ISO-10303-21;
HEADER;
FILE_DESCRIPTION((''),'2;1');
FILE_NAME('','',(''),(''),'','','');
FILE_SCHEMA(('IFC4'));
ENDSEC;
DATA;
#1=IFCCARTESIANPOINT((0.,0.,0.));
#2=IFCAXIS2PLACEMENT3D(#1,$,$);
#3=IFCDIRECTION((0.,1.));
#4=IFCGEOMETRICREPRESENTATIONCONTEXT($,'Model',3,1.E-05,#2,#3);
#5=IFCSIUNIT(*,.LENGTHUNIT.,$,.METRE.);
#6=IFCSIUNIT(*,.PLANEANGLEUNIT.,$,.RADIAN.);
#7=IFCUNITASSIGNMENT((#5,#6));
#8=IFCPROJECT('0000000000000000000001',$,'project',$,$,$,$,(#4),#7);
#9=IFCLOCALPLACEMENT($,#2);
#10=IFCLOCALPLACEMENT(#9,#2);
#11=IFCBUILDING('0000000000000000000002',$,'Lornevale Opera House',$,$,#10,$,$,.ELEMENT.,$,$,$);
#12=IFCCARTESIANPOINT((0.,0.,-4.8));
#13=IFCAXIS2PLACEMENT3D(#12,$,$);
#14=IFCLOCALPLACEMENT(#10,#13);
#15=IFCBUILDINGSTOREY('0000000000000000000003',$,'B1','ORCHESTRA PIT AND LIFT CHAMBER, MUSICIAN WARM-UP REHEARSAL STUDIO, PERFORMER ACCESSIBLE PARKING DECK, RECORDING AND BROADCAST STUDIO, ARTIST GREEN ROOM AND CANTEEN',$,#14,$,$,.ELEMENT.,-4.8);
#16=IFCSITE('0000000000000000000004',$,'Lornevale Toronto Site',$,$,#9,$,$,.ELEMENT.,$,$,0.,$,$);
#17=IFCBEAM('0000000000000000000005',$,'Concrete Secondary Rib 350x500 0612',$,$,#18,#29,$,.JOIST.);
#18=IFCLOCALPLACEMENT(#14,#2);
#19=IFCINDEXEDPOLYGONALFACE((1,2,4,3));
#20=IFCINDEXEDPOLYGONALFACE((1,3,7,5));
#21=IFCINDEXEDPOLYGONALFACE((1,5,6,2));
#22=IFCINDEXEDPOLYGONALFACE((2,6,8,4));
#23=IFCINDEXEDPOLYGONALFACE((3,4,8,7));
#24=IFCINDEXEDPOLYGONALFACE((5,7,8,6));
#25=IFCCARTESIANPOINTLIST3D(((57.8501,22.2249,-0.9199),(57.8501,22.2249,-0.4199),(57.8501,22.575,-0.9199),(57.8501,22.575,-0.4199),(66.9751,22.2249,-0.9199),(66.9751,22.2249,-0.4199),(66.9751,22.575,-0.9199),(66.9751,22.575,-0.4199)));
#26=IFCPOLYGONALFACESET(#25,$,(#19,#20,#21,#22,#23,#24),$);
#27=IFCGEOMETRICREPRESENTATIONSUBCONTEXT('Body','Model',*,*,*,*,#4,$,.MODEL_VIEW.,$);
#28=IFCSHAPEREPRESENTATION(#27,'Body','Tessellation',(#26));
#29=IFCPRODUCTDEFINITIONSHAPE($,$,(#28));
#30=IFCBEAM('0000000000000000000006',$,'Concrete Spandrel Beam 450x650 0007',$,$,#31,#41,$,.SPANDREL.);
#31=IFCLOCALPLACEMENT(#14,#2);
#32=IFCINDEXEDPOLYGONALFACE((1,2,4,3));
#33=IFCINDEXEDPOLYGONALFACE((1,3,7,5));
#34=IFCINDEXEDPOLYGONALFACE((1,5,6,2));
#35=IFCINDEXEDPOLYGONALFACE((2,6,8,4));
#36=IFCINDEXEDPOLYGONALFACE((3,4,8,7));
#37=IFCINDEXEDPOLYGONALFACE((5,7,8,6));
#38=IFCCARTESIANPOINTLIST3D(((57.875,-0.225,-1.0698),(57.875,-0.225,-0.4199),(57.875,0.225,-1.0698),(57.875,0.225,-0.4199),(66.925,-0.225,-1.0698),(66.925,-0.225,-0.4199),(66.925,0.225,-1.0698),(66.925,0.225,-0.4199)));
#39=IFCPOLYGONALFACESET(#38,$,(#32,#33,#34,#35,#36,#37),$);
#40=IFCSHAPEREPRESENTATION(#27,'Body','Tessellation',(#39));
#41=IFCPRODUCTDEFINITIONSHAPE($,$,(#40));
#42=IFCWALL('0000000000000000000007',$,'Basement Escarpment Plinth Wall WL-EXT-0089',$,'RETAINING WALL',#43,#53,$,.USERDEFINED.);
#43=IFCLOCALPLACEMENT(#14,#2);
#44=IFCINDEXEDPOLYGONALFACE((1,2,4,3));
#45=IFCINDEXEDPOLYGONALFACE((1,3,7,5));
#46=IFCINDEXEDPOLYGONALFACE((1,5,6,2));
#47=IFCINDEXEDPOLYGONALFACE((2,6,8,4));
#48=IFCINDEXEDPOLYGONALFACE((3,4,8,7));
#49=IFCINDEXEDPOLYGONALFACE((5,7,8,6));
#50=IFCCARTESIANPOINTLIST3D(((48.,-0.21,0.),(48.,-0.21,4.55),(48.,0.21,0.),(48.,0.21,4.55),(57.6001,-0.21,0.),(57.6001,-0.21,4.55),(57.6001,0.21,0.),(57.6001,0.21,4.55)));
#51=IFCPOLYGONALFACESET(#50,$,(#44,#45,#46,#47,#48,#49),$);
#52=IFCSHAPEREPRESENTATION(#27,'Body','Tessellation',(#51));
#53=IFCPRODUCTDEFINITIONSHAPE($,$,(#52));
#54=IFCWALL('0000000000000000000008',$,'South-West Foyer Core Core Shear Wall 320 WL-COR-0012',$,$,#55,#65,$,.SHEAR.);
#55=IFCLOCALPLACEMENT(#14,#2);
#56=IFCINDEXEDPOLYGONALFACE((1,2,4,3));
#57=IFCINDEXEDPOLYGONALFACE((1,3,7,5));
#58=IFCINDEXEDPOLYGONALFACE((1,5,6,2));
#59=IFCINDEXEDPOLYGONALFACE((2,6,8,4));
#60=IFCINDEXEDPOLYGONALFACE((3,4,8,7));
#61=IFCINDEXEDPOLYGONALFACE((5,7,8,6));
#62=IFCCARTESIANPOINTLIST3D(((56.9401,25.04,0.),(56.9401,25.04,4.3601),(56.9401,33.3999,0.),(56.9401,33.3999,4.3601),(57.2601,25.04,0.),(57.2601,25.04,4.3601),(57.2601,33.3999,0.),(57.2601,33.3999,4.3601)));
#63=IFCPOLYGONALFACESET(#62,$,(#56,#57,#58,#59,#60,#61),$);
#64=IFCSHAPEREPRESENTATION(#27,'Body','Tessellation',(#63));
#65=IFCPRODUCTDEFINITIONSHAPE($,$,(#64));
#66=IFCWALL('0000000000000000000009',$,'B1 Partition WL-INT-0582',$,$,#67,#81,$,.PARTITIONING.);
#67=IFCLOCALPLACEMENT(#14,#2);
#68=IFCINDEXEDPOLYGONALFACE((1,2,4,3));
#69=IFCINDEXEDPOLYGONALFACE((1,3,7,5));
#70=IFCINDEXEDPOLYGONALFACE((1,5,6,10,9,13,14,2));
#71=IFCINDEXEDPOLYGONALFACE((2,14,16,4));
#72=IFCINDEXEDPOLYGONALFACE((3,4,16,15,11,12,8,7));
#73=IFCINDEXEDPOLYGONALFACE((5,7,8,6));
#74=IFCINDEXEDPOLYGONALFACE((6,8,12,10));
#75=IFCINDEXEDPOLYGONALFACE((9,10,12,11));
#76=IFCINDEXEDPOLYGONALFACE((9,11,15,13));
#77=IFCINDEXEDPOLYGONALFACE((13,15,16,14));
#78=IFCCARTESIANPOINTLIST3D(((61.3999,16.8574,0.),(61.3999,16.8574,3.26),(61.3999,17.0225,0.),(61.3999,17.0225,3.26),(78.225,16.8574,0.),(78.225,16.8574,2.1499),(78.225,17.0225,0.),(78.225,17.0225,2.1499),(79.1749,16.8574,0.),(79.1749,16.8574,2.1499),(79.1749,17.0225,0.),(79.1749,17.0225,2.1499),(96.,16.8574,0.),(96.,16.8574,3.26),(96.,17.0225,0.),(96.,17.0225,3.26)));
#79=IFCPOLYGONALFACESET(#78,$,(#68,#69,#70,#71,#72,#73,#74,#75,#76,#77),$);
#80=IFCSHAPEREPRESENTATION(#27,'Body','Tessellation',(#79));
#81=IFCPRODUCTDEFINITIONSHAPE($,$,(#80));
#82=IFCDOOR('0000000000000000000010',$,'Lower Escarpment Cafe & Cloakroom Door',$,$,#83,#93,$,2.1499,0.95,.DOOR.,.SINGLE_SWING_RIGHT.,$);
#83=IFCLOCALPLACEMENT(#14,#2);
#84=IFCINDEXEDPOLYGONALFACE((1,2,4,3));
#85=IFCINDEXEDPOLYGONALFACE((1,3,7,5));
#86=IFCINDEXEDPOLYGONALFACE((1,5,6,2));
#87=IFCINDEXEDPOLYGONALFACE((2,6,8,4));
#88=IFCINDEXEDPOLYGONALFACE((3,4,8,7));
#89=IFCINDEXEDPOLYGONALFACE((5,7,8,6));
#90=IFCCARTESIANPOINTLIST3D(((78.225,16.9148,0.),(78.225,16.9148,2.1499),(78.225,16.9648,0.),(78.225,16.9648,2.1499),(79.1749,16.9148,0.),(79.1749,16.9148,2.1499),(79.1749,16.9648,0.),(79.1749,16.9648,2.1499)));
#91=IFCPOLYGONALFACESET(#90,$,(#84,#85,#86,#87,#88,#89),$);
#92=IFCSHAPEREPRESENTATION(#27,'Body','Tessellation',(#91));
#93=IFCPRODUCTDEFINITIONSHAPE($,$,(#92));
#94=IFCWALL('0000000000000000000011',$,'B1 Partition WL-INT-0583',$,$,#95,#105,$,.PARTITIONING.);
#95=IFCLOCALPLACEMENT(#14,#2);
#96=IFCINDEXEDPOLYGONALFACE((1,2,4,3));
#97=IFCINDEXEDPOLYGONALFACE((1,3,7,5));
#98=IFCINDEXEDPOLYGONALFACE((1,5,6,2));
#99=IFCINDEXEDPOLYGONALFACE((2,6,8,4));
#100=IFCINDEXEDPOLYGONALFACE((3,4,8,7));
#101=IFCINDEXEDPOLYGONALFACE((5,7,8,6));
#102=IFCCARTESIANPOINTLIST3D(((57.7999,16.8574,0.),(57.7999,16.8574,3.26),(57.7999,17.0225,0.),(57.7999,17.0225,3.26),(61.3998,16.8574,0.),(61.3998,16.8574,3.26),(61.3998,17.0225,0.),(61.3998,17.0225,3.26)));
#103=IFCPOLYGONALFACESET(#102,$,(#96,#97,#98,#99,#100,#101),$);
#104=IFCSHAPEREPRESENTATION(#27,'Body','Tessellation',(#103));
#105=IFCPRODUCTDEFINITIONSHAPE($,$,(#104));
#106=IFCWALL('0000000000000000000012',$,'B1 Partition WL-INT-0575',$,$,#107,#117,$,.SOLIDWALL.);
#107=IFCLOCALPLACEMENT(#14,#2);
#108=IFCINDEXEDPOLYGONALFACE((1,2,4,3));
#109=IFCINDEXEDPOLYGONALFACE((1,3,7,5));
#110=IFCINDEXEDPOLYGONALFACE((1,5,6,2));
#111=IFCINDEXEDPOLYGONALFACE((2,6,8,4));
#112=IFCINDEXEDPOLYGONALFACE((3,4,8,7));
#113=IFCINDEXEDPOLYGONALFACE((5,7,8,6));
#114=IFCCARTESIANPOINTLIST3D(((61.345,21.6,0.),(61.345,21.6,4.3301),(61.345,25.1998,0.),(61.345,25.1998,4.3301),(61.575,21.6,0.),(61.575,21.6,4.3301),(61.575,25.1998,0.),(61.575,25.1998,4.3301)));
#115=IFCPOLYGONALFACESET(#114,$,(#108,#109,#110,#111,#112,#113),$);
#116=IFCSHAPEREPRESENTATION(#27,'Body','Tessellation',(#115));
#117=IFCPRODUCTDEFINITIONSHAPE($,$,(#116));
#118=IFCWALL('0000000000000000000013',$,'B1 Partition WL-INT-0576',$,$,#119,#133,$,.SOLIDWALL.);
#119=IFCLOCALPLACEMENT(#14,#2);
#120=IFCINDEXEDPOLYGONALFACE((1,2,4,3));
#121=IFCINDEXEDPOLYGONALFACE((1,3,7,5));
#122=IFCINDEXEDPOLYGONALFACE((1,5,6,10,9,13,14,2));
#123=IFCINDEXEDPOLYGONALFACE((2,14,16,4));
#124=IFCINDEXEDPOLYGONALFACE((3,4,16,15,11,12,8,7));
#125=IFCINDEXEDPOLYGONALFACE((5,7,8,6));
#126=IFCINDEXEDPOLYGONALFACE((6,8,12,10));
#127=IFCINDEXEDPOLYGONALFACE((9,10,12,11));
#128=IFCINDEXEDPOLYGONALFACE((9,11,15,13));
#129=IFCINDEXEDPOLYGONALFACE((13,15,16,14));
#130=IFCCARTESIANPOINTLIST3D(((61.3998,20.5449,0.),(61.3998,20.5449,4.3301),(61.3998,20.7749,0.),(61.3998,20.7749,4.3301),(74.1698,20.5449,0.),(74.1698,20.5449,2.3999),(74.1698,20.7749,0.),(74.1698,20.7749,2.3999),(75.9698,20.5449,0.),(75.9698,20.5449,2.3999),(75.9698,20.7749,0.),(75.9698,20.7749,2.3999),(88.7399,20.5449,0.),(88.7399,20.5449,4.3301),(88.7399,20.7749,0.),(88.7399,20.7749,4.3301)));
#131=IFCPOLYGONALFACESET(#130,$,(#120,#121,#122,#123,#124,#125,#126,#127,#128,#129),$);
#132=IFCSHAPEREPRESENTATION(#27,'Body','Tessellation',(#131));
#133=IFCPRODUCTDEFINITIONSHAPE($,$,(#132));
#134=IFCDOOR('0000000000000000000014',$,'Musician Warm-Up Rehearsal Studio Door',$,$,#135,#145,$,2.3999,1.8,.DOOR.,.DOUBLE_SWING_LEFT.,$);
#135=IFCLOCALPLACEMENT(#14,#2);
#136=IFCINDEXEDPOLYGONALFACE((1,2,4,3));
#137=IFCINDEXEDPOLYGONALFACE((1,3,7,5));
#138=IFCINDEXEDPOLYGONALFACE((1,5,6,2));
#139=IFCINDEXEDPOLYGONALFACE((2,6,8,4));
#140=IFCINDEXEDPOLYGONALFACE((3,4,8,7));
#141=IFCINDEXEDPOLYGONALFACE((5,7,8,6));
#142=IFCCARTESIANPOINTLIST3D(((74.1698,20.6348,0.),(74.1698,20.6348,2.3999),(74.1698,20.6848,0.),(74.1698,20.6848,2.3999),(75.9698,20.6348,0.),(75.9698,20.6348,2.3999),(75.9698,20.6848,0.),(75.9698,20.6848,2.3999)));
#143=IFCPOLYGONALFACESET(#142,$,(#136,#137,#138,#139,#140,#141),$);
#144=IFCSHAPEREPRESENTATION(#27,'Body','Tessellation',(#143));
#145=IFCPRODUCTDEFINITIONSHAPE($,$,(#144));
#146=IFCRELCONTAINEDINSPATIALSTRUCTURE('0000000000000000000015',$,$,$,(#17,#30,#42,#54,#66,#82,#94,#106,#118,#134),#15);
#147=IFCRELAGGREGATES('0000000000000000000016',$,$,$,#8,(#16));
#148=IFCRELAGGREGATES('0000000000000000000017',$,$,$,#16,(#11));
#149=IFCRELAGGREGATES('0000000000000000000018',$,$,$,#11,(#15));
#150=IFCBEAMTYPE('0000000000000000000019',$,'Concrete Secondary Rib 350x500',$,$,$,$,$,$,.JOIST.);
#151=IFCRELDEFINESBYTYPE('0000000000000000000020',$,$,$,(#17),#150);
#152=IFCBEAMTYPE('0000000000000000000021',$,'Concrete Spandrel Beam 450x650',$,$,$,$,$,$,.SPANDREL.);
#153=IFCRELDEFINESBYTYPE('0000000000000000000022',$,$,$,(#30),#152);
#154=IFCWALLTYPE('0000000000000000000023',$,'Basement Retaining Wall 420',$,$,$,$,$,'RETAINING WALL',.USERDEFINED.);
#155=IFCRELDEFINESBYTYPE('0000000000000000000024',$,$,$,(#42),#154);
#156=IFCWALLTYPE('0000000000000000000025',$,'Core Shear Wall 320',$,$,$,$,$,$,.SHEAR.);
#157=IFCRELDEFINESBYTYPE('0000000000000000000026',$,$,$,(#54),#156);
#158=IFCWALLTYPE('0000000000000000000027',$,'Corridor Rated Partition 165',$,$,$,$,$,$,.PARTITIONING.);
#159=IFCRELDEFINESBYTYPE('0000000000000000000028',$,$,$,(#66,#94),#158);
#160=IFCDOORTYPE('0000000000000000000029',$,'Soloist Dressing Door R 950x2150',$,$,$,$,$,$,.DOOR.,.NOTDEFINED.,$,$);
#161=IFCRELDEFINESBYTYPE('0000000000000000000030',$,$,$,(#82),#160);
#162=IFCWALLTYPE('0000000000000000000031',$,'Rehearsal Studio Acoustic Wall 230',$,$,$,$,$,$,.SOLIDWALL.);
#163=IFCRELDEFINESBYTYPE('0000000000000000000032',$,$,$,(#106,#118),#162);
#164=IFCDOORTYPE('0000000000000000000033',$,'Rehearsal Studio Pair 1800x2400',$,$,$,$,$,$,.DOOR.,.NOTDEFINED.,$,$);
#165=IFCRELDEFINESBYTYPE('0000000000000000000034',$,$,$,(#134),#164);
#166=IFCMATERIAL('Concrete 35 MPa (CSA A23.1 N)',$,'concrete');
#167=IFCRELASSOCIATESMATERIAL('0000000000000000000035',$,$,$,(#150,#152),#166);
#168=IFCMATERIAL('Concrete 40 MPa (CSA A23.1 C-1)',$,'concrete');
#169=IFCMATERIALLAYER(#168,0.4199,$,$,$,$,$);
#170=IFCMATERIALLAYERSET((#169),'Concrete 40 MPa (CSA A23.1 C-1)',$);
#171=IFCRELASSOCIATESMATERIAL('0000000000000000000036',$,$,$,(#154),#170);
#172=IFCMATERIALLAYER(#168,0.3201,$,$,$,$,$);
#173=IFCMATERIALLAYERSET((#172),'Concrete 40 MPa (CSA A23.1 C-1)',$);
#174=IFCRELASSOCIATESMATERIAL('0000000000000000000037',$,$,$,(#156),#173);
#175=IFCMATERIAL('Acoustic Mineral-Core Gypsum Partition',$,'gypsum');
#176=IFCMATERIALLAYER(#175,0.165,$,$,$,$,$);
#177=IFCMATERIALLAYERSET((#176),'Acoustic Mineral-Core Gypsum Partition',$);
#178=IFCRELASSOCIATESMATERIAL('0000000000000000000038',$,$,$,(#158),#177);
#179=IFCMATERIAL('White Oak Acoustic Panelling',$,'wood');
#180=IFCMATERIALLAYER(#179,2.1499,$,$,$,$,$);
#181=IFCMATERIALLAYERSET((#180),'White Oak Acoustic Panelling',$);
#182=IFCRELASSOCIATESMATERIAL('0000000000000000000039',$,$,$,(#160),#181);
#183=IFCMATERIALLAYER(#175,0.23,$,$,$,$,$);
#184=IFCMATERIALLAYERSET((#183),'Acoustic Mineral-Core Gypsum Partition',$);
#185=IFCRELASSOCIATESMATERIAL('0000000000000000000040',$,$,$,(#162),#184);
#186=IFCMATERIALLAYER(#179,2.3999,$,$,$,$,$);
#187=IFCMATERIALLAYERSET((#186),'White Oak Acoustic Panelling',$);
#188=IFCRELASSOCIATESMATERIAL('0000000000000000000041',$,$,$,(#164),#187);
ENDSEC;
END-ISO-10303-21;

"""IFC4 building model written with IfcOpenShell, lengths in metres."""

from ifc_helpers import new_model, si_unit, direction, frame, frame_2d, origin, origin_2d, place, context, subcontext, project, spatial, rectangle, extrude, material, layer, layer_set, material_profile, profile_set, type_object, element, fill, save


model = new_model("IFC4")

# Units and contexts
model_context = context("Model", 3, precision=1e-05, world=origin(), true_north=direction((0.0, 1.0)))
body_context = subcontext(model_context, "Body", "Model", "MODEL_VIEW")
ifc_project = project(units=[si_unit("LENGTHUNIT", "METRE"), si_unit("PLANEANGLEUNIT", "RADIAN")], contexts=[model_context])

# Site, building, storey
site_placement = place(None, origin())
site = spatial("IfcSite", under=ifc_project, at=site_placement, Name="Lornevale Toronto Site", CompositionType="ELEMENT", RefElevation=0.0)
building_placement = place(site_placement, origin())
building = spatial("IfcBuilding", under=site, at=building_placement, Name="Lornevale Opera House", CompositionType="ELEMENT")
storey_placement = place(building_placement, frame((0.0, 0.0, -4.8)))
storey = spatial("IfcBuildingStorey", under=building, at=storey_placement, Name="B1", Description="ORCHESTRA PIT AND LIFT CHAMBER, MUSICIAN WARM-UP REHEARSAL STUDIO, PERFORMER ACCESSIBLE PARKING DECK, RECORDING AND BROADCAST STUDIO, ARTIST GREEN ROOM AND CANTEEN", CompositionType="ELEMENT", Elevation=-4.8)

# Shared definitions
ifc_material_1 = material(Name="Concrete 35 MPa (CSA A23.1 N)", Category="concrete")
ifc_material_2 = material(Name="Concrete 40 MPa (CSA A23.1 C-1)", Category="concrete")

# Beams
ifc_material_profile_1 = material_profile(ifc_material_1, rectangle(XDim=0.3501, YDim=0.5, at=origin_2d()), Name="RC350x500")
ifc_profile_set_1 = profile_set([ifc_material_profile_1], Name="Concrete 35 MPa (CSA A23.1 N)")
beam_type_1 = type_object("IfcBeamType", Name="Concrete Secondary Rib 350x500", PredefinedType="JOIST", material=ifc_profile_set_1)
for number, where, z_axis, x_axis, name in (
    (1, (57.8501, 22.3999, -0.6699), (1.0, 0.0, 0.0), (0.0, 1.0, 0.0), "Concrete Secondary Rib 350x500 0612"),
):
    element("IfcBeam", number, at=place(storey_placement, frame(where, z_axis=z_axis, x_axis=x_axis)), inside=storey, type_object=beam_type_1, Name=name, PredefinedType="JOIST", context=body_context, shape_type="SweptSolid", body=[
        extrude(rectangle(XDim=0.3501, YDim=0.5, at=origin_2d()), origin(), (0.0, 0.0, 1.0), 9.125),
    ])
ifc_material_profile_2 = material_profile(ifc_material_1, rectangle(XDim=0.45, YDim=0.6499, at=origin_2d()), Name="RC450x650")
ifc_profile_set_2 = profile_set([ifc_material_profile_2], Name="Concrete 35 MPa (CSA A23.1 N)")
beam_type_2 = type_object("IfcBeamType", Name="Concrete Spandrel Beam 450x650", PredefinedType="SPANDREL", material=ifc_profile_set_2)
beam_1_placement = place(storey_placement, frame((57.875, 0.0, -0.7449), z_axis=(1.0, 0.0, 0.0), x_axis=(0.0, 1.0, 0.0)))
element("IfcBeam", 2, at=beam_1_placement, inside=storey, type_object=beam_type_2, Name="Concrete Spandrel Beam 450x650 0007", PredefinedType="SPANDREL", context=body_context, shape_type="SweptSolid", body=[
    extrude(rectangle(XDim=0.45, YDim=0.6499, at=origin_2d()), origin(), (0.0, 0.0, 1.0), 9.05),
])

# Walls
ifc_layer_1 = layer(ifc_material_2, 0.4199)
ifc_layer_set_1 = layer_set([ifc_layer_1], Name="Concrete 40 MPa (CSA A23.1 C-1)")
wall_type_1 = type_object("IfcWallType", Name="Basement Retaining Wall 420", ElementType="RETAINING WALL", PredefinedType="USERDEFINED", material=ifc_layer_set_1)
wall_1_placement = place(storey_placement, frame((57.6001, 0.0, 0.0), z_axis=(0.0, 0.0, 1.0), x_axis=(-1.0, 0.0, 0.0)))
element("IfcWall", 3, at=wall_1_placement, inside=storey, type_object=wall_type_1, Name="Basement Escarpment Plinth Wall WL-EXT-0089", ObjectType="RETAINING WALL", PredefinedType="USERDEFINED", context=body_context, shape_type="SweptSolid", body=[
    extrude(rectangle(XDim=9.6001, YDim=0.4199, at=frame_2d((4.8, 0.0))), origin(), (0.0, 0.0, 1.0), 4.55),
])
ifc_layer_2 = layer(ifc_material_2, 0.3201)
ifc_layer_set_2 = layer_set([ifc_layer_2], Name="Concrete 40 MPa (CSA A23.1 C-1)")
wall_type_2 = type_object("IfcWallType", Name="Core Shear Wall 320", PredefinedType="SHEAR", material=ifc_layer_set_2)
wall_2_placement = place(storey_placement, frame((57.1001, 25.04, 0.0), z_axis=(0.0, 0.0, 1.0), x_axis=(0.0, 1.0, 0.0)))
element("IfcWall", 4, at=wall_2_placement, inside=storey, type_object=wall_type_2, Name="South-West Foyer Core Core Shear Wall 320 WL-COR-0012", PredefinedType="SHEAR", context=body_context, shape_type="SweptSolid", body=[
    extrude(rectangle(XDim=8.3599, YDim=0.3201, at=frame_2d((4.1799, 0.0))), origin(), (0.0, 0.0, 1.0), 4.3601),
])

# Wall, opening, door
ifc_material_3 = material(Name="Acoustic Mineral-Core Gypsum Partition", Category="gypsum")
ifc_layer_3 = layer(ifc_material_3, 0.165)
ifc_layer_set_3 = layer_set([ifc_layer_3], Name="Acoustic Mineral-Core Gypsum Partition")
wall_type_3 = type_object("IfcWallType", Name="Corridor Rated Partition 165", PredefinedType="PARTITIONING", material=ifc_layer_set_3)
wall_3_placement = place(storey_placement, frame((61.3999, 16.9399, 0.0), z_axis=(0.0, 0.0, 1.0), x_axis=(1.0, 0.0, 0.0)))
wall_3 = element("IfcWall", 5, at=wall_3_placement, inside=storey, type_object=wall_type_3, Name="B1 Partition WL-INT-0582", PredefinedType="PARTITIONING", context=body_context, shape_type="SweptSolid", body=[
    extrude(rectangle(XDim=34.6001, YDim=0.165, at=frame_2d((17.3, 0.0))), origin(), (0.0, 0.0, 1.0), 3.26),
])
opening_1_placement = place(wall_3_placement, frame((16.825, 0.0, 0.0)))
opening_1 = element("IfcOpeningElement", 6, at=opening_1_placement, cuts=wall_3, PredefinedType="OPENING", context=body_context, shape_type="SweptSolid", body=[
    extrude(rectangle(XDim=0.95, YDim=2.1499, at=frame_2d((0.4751, 1.075))), frame((0.0, 0.0925, 0.0), z_axis=(0.0, -1.0, 0.0), x_axis=(1.0, 0.0, 0.0)), (0.0, 0.0, 1.0), 0.1851),
])
ifc_material_4 = material(Name="White Oak Acoustic Panelling", Category="wood")
ifc_layer_4 = layer(ifc_material_4, 2.1499)
ifc_layer_set_4 = layer_set([ifc_layer_4], Name="White Oak Acoustic Panelling")
door_type_1 = type_object("IfcDoorType", Name="Soloist Dressing Door R 950x2150", OperationType="NOTDEFINED", PredefinedType="DOOR", material=ifc_layer_set_4)
door_1_placement = place(opening_1_placement, origin())
door_1 = element("IfcDoor", 7, at=door_1_placement, inside=storey, type_object=door_type_1, Name="Lower Escarpment Cafe & Cloakroom Door", OperationType="SINGLE_SWING_RIGHT", OverallHeight=2.1499, OverallWidth=0.95, PredefinedType="DOOR", context=body_context, shape_type="SweptSolid", body=[
    extrude(rectangle(XDim=0.95, YDim=2.1499, at=frame_2d((0.4751, 1.075))), frame((0.0, 0.0249, 0.0), z_axis=(0.0, -1.0, 0.0), x_axis=(1.0, 0.0, 0.0)), (0.0, 0.0, 1.0), 0.05),
])
fill(opening_1, door_1)

# Walls
wall_4_placement = place(storey_placement, frame((57.8, 16.9399, 0.0), z_axis=(0.0, 0.0, 1.0), x_axis=(1.0, 0.0, 0.0)))
element("IfcWall", 8, at=wall_4_placement, inside=storey, type_object=wall_type_3, Name="B1 Partition WL-INT-0583", PredefinedType="PARTITIONING", context=body_context, shape_type="SweptSolid", body=[
    extrude(rectangle(XDim=3.5999, YDim=0.165, at=frame_2d((1.7998, 0.0))), origin(), (0.0, 0.0, 1.0), 3.26),
])
ifc_layer_5 = layer(ifc_material_3, 0.23)
ifc_layer_set_5 = layer_set([ifc_layer_5], Name="Acoustic Mineral-Core Gypsum Partition")
wall_type_4 = type_object("IfcWallType", Name="Rehearsal Studio Acoustic Wall 230", PredefinedType="SOLIDWALL", material=ifc_layer_set_5)
wall_5_placement = place(storey_placement, frame((61.46, 21.6001, 0.0), z_axis=(0.0, 0.0, 1.0), x_axis=(0.0, 1.0, 0.0)))
element("IfcWall", 9, at=wall_5_placement, inside=storey, type_object=wall_type_4, Name="B1 Partition WL-INT-0575", PredefinedType="SOLIDWALL", context=body_context, shape_type="SweptSolid", body=[
    extrude(rectangle(XDim=3.5999, YDim=0.23, at=frame_2d((1.7998, 0.0))), origin(), (0.0, 0.0, 1.0), 4.3301),
])

# Wall, opening, door
wall_6_placement = place(storey_placement, frame((61.3999, 20.6599, 0.0), z_axis=(0.0, 0.0, 1.0), x_axis=(1.0, 0.0, 0.0)))
wall_6 = element("IfcWall", 10, at=wall_6_placement, inside=storey, type_object=wall_type_4, Name="B1 Partition WL-INT-0576", PredefinedType="SOLIDWALL", context=body_context, shape_type="SweptSolid", body=[
    extrude(rectangle(XDim=27.3401, YDim=0.23, at=frame_2d((13.6699, 0.0))), origin(), (0.0, 0.0, 1.0), 4.3301),
])
opening_2_placement = place(wall_6_placement, frame((12.77, 0.0, 0.0)))
opening_2 = element("IfcOpeningElement", 11, at=opening_2_placement, cuts=wall_6, PredefinedType="OPENING", context=body_context, shape_type="SweptSolid", body=[
    extrude(rectangle(XDim=1.8, YDim=2.3999, at=frame_2d((0.8999, 1.2))), frame((0.0, 0.125, 0.0), z_axis=(0.0, -1.0, 0.0), x_axis=(1.0, 0.0, 0.0)), (0.0, 0.0, 1.0), 0.25),
])
ifc_layer_6 = layer(ifc_material_4, 2.3999)
ifc_layer_set_6 = layer_set([ifc_layer_6], Name="White Oak Acoustic Panelling")
door_type_2 = type_object("IfcDoorType", Name="Rehearsal Studio Pair 1800x2400", OperationType="NOTDEFINED", PredefinedType="DOOR", material=ifc_layer_set_6)
door_2_placement = place(opening_2_placement, origin())
door_2 = element("IfcDoor", 12, at=door_2_placement, inside=storey, type_object=door_type_2, Name="Musician Warm-Up Rehearsal Studio Door", OperationType="DOUBLE_SWING_LEFT", OverallHeight=2.3999, OverallWidth=1.8, PredefinedType="DOOR", context=body_context, shape_type="SweptSolid", body=[
    extrude(rectangle(XDim=1.8, YDim=2.3999, at=frame_2d((0.8999, 1.2))), frame((0.0, 0.0249, 0.0), z_axis=(0.0, -1.0, 0.0), x_axis=(1.0, 0.0, 0.0)), (0.0, 0.0, 1.0), 0.05),
])
fill(opening_2, door_2)

save(model, "model.ifc")
